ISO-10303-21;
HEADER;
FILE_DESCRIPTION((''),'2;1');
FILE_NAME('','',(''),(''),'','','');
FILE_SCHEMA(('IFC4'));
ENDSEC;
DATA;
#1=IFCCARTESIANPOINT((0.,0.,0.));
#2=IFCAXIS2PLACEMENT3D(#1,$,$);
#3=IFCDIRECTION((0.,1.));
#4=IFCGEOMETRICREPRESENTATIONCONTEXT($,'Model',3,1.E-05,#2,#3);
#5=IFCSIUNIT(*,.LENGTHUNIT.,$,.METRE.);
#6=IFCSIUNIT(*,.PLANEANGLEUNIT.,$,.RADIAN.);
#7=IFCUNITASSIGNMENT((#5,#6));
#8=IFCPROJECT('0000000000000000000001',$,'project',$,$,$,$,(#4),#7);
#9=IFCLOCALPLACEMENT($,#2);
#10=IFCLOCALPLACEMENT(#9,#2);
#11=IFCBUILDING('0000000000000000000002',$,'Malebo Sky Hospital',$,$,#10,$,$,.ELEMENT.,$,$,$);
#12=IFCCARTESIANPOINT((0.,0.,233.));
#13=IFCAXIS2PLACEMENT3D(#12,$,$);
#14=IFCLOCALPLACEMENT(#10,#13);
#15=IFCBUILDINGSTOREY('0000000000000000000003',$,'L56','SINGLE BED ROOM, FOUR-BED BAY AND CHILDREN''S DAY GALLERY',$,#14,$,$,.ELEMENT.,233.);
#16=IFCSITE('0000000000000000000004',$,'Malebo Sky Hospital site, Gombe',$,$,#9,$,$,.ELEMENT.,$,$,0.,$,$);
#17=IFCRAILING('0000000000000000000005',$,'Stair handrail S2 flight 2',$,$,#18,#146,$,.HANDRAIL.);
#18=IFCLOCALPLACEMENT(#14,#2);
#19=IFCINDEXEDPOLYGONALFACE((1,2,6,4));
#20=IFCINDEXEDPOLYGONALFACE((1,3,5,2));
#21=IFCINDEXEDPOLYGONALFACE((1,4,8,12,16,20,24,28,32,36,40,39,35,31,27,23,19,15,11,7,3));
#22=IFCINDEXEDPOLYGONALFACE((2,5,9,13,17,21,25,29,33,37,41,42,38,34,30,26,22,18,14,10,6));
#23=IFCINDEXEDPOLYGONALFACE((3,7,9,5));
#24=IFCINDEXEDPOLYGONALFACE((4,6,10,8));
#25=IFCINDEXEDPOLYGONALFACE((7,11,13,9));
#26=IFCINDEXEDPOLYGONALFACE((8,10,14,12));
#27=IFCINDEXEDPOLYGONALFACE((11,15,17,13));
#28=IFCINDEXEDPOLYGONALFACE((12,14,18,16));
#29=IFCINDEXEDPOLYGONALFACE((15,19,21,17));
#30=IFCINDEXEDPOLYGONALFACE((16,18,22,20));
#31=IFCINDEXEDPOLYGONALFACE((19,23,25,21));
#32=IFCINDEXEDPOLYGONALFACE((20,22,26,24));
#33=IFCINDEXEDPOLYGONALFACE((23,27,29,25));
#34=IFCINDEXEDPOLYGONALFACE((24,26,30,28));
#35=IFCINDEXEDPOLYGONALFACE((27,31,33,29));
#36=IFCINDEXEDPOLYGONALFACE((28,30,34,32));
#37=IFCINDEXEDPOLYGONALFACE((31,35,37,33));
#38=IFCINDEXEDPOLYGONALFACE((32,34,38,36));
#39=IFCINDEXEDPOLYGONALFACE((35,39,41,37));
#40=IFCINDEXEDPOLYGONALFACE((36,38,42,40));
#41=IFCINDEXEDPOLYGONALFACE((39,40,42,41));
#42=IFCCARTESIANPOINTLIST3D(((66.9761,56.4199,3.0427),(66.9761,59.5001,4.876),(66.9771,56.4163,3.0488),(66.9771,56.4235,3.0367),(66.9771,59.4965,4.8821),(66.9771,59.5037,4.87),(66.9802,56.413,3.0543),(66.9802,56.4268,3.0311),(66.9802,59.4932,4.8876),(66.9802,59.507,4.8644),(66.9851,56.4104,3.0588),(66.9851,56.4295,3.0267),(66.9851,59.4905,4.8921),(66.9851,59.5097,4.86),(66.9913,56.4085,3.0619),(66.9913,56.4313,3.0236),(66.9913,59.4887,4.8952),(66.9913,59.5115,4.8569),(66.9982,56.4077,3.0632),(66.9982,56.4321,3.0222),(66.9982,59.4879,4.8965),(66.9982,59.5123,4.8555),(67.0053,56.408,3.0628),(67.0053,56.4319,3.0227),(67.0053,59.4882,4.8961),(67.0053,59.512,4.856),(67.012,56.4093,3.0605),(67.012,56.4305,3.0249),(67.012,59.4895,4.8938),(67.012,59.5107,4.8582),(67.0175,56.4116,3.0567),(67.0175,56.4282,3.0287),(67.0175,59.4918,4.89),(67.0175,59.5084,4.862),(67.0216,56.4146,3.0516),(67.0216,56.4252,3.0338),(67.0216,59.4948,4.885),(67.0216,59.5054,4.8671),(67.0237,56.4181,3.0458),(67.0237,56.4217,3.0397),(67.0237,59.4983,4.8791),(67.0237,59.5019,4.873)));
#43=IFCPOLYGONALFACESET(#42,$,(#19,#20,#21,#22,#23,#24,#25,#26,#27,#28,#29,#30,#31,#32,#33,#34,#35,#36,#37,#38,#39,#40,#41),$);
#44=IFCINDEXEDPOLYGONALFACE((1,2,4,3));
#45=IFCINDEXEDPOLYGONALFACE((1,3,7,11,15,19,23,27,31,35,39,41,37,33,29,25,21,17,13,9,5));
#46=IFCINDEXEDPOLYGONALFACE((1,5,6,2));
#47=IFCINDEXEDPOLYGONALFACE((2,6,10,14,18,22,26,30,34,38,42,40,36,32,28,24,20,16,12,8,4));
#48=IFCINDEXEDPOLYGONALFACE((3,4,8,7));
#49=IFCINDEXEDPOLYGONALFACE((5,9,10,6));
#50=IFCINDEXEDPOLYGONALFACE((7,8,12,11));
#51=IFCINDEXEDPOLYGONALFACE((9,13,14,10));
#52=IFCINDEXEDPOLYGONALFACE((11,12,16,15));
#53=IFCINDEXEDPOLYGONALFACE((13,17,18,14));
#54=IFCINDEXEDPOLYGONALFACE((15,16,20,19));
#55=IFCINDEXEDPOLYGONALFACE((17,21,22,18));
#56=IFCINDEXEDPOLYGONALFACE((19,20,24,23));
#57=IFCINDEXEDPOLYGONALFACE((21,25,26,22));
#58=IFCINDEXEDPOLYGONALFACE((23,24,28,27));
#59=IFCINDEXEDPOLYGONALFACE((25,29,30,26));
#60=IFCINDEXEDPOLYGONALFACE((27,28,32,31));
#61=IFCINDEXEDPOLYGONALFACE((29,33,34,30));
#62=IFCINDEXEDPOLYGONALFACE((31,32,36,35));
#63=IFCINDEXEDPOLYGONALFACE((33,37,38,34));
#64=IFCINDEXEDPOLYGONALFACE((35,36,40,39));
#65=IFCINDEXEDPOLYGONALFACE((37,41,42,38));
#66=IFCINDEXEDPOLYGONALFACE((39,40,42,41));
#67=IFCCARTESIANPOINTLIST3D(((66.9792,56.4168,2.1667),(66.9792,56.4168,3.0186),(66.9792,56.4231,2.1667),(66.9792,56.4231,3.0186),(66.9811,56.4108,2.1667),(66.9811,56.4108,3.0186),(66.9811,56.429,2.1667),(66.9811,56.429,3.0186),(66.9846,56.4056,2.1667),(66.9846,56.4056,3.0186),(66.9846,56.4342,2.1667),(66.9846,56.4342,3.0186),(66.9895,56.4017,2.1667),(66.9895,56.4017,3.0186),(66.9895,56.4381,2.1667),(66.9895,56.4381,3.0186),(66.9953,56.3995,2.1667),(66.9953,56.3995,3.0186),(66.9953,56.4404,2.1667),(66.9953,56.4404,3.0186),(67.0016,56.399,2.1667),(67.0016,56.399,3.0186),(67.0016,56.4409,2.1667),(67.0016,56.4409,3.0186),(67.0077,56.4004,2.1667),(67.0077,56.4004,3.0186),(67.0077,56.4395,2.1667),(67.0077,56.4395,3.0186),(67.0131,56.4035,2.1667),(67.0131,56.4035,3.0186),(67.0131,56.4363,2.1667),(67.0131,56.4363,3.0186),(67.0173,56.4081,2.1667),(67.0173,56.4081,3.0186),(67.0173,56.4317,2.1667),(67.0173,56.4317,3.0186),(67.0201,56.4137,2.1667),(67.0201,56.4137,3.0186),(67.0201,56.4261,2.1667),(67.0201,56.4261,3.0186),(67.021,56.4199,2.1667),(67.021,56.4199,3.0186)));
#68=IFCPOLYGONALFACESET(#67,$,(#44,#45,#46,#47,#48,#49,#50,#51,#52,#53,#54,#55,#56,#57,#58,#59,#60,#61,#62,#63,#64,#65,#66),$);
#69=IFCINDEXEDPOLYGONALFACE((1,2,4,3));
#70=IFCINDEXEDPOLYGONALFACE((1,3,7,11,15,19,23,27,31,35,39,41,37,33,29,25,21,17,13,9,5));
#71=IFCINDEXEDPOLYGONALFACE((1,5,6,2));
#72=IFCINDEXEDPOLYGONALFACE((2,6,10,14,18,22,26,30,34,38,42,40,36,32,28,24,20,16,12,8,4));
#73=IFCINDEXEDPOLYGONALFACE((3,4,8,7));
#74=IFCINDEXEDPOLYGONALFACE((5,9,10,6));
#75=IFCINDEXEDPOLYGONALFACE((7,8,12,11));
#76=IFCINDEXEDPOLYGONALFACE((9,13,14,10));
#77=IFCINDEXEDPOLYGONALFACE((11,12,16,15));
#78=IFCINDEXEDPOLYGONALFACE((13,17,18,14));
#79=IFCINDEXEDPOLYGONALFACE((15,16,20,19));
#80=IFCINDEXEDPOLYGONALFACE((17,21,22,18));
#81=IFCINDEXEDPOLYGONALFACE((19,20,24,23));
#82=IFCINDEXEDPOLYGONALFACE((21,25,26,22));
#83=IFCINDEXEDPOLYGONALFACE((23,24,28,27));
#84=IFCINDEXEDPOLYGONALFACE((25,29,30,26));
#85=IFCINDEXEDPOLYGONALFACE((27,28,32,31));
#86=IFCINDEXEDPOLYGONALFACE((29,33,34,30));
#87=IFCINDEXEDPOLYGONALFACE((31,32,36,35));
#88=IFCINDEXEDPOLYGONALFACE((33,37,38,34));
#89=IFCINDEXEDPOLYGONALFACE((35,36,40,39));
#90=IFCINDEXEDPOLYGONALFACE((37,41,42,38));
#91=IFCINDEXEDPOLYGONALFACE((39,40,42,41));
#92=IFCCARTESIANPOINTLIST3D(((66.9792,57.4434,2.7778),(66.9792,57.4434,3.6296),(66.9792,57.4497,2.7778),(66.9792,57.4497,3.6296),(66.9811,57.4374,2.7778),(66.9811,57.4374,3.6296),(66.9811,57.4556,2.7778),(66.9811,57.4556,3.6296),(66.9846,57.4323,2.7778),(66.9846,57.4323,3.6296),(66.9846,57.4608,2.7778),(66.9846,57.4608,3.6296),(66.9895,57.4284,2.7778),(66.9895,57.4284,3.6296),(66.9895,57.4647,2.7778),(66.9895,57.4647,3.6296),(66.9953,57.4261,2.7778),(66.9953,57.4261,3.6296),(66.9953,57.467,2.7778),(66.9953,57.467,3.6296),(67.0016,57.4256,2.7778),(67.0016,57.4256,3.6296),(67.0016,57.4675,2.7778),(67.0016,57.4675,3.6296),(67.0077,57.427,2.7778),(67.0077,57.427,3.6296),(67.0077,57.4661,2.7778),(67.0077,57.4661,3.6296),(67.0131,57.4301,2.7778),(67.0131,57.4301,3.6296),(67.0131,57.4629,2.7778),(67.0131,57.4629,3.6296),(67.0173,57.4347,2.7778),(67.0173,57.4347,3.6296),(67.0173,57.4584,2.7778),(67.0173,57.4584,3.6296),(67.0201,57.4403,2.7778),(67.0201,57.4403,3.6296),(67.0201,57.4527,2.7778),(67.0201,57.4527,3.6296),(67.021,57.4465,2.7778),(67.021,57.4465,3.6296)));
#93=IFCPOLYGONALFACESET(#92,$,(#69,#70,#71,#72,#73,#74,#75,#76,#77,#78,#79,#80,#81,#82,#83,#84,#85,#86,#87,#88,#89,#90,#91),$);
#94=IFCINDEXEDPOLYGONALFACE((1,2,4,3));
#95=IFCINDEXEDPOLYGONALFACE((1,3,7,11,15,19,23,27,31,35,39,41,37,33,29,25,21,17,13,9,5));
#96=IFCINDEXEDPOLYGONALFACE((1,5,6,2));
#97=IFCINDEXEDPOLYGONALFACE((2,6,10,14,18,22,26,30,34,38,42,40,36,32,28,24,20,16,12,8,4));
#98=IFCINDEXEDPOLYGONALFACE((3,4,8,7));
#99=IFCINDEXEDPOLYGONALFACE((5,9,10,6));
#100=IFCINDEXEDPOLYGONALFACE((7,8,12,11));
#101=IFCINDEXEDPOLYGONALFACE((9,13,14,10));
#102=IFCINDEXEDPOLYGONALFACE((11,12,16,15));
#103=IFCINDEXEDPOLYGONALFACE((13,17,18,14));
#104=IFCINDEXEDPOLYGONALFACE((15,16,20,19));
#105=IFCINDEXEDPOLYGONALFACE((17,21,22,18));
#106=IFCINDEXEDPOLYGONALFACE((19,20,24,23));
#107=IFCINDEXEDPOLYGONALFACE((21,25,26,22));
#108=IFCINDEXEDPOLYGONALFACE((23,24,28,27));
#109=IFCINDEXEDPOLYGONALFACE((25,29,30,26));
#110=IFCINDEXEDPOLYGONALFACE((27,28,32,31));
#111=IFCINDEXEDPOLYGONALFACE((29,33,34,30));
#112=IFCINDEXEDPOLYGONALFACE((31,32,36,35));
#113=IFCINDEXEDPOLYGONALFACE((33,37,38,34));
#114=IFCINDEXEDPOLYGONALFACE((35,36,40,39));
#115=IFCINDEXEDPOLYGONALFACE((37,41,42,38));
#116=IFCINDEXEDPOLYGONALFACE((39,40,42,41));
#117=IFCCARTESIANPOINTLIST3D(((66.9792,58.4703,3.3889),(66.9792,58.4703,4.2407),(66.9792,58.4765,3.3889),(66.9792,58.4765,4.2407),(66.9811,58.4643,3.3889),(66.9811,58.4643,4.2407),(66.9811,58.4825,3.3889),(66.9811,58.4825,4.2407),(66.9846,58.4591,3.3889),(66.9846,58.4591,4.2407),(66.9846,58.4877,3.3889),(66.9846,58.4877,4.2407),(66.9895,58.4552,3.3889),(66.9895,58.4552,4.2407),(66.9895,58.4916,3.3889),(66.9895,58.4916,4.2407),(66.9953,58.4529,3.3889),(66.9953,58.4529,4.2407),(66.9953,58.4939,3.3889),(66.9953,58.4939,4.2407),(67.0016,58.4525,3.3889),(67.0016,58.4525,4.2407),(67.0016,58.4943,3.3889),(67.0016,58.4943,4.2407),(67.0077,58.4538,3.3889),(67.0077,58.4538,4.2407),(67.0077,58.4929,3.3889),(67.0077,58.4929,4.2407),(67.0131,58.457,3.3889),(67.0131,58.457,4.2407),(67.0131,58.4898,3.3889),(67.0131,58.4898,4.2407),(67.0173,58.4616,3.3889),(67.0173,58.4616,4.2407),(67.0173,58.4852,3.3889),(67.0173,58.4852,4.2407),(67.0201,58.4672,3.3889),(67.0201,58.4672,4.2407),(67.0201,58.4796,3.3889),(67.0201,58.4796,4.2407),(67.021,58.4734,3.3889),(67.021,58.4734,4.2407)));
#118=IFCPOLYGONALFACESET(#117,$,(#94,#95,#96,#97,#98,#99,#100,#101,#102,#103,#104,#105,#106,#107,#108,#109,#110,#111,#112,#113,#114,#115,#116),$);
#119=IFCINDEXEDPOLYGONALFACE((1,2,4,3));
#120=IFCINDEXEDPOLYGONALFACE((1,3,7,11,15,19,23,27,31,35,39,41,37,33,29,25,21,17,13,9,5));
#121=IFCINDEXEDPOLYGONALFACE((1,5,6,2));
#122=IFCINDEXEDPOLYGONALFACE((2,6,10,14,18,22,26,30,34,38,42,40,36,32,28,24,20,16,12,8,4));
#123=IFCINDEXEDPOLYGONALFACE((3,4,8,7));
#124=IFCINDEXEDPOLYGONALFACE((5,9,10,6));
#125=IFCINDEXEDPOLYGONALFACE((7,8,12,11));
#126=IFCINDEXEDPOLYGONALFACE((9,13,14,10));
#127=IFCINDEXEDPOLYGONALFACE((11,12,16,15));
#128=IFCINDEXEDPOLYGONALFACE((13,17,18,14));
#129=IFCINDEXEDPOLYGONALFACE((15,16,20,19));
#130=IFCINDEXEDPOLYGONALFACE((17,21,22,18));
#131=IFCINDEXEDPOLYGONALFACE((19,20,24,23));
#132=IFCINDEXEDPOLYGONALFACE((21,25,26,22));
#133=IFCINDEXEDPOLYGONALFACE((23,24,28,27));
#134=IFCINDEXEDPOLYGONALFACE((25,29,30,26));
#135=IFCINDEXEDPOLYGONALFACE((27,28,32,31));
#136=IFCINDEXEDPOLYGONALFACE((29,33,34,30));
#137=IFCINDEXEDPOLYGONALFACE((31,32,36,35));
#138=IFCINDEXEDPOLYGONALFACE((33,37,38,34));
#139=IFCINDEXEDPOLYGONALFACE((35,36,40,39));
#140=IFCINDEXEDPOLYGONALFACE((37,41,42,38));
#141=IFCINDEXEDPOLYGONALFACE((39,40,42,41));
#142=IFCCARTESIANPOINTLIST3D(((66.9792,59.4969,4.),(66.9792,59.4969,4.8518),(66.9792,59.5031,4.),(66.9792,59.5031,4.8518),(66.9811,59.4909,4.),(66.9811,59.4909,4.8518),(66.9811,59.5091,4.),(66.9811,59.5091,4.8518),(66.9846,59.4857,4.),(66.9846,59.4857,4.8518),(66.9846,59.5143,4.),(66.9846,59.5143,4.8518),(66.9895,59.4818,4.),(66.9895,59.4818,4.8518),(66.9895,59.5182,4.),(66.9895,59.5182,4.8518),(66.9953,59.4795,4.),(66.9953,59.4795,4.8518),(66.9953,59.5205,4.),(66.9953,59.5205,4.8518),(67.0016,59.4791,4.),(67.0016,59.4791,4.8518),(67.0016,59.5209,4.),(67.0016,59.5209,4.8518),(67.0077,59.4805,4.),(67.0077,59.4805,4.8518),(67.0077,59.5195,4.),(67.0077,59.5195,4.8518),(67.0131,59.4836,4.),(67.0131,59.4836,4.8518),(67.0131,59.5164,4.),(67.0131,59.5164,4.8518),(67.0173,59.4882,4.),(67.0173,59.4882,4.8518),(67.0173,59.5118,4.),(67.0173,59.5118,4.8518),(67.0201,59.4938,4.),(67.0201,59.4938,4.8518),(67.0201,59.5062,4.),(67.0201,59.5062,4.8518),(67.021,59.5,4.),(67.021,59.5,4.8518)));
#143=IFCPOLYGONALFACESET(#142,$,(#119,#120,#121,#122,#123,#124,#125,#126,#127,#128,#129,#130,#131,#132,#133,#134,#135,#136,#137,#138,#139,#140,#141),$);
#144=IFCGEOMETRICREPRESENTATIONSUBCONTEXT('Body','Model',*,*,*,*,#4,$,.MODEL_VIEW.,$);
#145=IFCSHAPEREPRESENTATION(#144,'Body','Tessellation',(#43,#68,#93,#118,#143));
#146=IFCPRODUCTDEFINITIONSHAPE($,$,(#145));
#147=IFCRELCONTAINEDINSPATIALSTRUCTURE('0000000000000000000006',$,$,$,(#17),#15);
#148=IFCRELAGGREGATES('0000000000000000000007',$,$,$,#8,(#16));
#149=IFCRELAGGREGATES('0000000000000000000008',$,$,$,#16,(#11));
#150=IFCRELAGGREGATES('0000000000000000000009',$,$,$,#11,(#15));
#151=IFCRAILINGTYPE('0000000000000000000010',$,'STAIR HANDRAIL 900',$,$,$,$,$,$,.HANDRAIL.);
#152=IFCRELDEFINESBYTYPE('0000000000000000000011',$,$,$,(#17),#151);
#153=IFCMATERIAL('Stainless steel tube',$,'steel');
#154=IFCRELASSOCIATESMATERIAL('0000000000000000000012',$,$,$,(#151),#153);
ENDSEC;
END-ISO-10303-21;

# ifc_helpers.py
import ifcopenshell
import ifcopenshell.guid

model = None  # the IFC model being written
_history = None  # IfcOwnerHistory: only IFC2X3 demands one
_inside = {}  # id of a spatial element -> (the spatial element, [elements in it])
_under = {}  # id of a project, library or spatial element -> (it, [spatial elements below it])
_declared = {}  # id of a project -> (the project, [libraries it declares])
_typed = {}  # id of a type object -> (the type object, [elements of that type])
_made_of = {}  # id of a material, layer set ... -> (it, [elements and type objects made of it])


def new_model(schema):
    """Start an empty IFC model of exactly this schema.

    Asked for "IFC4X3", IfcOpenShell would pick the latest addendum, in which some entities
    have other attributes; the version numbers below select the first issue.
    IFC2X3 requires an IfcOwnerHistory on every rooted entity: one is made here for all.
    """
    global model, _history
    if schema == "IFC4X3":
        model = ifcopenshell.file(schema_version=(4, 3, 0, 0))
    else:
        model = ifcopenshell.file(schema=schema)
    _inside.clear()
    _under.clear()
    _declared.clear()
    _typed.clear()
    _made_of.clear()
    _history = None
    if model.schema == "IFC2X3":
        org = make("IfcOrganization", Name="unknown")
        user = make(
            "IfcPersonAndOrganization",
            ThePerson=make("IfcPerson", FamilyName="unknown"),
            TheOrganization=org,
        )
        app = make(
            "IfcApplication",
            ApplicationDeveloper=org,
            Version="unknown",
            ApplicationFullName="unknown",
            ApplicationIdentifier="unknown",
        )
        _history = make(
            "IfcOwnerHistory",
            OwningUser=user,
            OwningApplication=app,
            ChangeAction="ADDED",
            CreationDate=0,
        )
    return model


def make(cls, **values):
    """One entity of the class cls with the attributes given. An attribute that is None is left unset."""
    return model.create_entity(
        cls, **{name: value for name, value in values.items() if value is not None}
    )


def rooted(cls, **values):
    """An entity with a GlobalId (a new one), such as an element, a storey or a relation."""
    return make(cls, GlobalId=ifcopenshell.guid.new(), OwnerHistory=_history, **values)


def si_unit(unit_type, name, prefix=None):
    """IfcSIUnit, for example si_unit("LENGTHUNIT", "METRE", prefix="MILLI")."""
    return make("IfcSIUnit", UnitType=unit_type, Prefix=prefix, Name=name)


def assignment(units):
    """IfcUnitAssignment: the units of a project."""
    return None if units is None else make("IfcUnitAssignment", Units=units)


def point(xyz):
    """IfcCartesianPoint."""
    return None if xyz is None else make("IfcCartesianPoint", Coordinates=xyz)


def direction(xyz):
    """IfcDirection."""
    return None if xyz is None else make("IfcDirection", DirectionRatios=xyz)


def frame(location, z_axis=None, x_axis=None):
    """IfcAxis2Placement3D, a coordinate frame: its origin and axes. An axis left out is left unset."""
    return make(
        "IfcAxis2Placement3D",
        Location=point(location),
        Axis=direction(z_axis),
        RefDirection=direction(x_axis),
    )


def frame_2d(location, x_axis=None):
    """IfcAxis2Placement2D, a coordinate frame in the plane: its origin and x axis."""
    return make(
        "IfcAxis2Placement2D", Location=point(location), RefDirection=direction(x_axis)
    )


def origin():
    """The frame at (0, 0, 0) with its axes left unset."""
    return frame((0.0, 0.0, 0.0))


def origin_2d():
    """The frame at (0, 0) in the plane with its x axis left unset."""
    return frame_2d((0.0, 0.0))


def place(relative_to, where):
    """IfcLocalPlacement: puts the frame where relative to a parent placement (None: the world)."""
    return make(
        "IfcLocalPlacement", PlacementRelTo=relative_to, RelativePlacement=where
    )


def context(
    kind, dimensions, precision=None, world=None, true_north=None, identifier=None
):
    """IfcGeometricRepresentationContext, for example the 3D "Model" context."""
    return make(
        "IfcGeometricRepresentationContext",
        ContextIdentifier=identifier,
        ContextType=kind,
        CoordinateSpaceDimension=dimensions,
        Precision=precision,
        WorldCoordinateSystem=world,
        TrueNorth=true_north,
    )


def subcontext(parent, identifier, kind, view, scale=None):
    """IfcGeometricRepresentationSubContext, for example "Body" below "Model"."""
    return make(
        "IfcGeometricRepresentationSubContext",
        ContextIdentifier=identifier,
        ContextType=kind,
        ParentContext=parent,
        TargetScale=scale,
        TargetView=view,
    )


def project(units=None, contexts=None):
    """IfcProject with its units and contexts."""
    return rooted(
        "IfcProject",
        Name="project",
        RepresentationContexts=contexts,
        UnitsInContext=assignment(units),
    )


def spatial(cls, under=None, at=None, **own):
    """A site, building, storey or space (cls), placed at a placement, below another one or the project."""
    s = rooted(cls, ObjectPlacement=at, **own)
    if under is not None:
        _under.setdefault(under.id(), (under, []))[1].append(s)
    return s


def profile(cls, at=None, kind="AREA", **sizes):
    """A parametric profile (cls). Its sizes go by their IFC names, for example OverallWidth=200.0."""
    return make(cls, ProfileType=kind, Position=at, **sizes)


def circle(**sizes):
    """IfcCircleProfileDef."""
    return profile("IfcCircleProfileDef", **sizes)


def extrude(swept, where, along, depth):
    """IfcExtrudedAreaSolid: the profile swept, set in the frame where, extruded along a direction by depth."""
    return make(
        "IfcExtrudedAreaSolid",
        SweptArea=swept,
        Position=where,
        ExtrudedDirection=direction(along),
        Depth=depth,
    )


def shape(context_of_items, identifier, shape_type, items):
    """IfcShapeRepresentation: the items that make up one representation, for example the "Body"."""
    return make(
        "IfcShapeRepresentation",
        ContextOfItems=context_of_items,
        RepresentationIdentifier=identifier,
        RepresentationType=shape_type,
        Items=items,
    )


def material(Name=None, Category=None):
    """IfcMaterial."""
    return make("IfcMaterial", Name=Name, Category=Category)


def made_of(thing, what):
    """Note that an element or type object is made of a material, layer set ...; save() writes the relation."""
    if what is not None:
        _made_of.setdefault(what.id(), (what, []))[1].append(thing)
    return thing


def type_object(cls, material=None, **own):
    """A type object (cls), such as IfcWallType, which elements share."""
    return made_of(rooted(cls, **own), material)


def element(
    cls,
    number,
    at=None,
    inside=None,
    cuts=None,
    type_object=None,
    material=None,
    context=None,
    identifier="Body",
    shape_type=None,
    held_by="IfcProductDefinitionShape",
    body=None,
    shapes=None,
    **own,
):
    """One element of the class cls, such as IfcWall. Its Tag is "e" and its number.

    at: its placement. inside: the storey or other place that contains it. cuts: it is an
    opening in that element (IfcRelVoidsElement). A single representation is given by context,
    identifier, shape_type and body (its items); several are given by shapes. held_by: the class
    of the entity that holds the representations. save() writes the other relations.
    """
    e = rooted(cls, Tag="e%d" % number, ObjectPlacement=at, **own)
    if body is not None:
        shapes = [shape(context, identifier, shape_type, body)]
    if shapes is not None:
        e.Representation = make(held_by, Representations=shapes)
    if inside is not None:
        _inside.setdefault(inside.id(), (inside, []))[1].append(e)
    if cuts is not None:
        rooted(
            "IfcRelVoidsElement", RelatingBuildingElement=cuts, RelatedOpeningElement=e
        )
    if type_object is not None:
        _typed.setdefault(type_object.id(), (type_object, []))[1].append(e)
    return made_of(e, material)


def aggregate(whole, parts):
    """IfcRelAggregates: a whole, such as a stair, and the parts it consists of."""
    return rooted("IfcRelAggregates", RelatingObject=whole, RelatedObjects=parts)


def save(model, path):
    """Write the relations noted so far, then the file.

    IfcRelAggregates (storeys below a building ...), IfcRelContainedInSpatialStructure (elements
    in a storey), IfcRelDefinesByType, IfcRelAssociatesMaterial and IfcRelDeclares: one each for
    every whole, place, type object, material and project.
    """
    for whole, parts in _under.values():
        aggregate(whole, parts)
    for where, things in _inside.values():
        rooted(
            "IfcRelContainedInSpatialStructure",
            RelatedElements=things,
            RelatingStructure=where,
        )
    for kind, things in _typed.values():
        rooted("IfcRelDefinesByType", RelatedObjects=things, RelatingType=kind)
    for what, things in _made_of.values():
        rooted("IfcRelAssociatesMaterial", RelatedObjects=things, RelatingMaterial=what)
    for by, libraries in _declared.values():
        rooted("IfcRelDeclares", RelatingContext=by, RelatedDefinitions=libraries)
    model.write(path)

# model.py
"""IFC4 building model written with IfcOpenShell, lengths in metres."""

from ifc_helpers import new_model, si_unit, direction, frame, origin, origin_2d, place, context, subcontext, project, spatial, circle, extrude, material, type_object, element, save


model = new_model("IFC4")

# Units and contexts
model_context = context("Model", 3, precision=1e-05, world=origin(), true_north=direction((0.0, 1.0)))
body_context = subcontext(model_context, "Body", "Model", "MODEL_VIEW")
ifc_project = project(units=[si_unit("LENGTHUNIT", "METRE"), si_unit("PLANEANGLEUNIT", "RADIAN")], contexts=[model_context])

# Site, building, storey
site_placement = place(None, origin())
site = spatial("IfcSite", under=ifc_project, at=site_placement, Name="Malebo Sky Hospital site, Gombe", CompositionType="ELEMENT", RefElevation=0.0)
building_placement = place(site_placement, origin())
building = spatial("IfcBuilding", under=site, at=building_placement, Name="Malebo Sky Hospital", CompositionType="ELEMENT")
storey_placement = place(building_placement, frame((0.0, 0.0, 233.0)))
storey = spatial("IfcBuildingStorey", under=building, at=storey_placement, Name="L56", Description="SINGLE BED ROOM, FOUR-BED BAY AND CHILDREN'S DAY GALLERY", CompositionType="ELEMENT", Elevation=233.0)

# Railing
ifc_material_1 = material(Name="Stainless steel tube", Category="steel")
railing_type = type_object("IfcRailingType", Name="STAIR HANDRAIL 900", PredefinedType="HANDRAIL", material=ifc_material_1)
railing_1_placement = place(storey_placement, frame((67.0, 56.4199, 2.1667)))
element("IfcRailing", 1, at=railing_1_placement, inside=storey, type_object=railing_type, Name="Stair handrail S2 flight 2", PredefinedType="HANDRAIL", context=body_context, shape_type="SweptSolid", body=[
    extrude(circle(Radius=0.0239, at=origin_2d()), frame((0.0, 0.0, 0.876), z_axis=(0.0, 0.859309, 0.511458), x_axis=(-1.0, 0.0, 0.0)), (0.0, 0.0, 1.0), 3.5845),
    extrude(circle(Radius=0.021, at=origin_2d()), origin(), (0.0, 0.0, 1.0), 0.8518),
    extrude(circle(Radius=0.021, at=origin_2d()), frame((0.0, 1.0266, 0.6111)), (0.0, 0.0, 1.0), 0.8518),
    extrude(circle(Radius=0.021, at=origin_2d()), frame((0.0, 2.0535, 1.2222)), (0.0, 0.0, 1.0), 0.8518),
    extrude(circle(Radius=0.021, at=origin_2d()), frame((0.0, 3.0801, 1.8333)), (0.0, 0.0, 1.0), 0.8518),
])

save(model, "model.ifc")
